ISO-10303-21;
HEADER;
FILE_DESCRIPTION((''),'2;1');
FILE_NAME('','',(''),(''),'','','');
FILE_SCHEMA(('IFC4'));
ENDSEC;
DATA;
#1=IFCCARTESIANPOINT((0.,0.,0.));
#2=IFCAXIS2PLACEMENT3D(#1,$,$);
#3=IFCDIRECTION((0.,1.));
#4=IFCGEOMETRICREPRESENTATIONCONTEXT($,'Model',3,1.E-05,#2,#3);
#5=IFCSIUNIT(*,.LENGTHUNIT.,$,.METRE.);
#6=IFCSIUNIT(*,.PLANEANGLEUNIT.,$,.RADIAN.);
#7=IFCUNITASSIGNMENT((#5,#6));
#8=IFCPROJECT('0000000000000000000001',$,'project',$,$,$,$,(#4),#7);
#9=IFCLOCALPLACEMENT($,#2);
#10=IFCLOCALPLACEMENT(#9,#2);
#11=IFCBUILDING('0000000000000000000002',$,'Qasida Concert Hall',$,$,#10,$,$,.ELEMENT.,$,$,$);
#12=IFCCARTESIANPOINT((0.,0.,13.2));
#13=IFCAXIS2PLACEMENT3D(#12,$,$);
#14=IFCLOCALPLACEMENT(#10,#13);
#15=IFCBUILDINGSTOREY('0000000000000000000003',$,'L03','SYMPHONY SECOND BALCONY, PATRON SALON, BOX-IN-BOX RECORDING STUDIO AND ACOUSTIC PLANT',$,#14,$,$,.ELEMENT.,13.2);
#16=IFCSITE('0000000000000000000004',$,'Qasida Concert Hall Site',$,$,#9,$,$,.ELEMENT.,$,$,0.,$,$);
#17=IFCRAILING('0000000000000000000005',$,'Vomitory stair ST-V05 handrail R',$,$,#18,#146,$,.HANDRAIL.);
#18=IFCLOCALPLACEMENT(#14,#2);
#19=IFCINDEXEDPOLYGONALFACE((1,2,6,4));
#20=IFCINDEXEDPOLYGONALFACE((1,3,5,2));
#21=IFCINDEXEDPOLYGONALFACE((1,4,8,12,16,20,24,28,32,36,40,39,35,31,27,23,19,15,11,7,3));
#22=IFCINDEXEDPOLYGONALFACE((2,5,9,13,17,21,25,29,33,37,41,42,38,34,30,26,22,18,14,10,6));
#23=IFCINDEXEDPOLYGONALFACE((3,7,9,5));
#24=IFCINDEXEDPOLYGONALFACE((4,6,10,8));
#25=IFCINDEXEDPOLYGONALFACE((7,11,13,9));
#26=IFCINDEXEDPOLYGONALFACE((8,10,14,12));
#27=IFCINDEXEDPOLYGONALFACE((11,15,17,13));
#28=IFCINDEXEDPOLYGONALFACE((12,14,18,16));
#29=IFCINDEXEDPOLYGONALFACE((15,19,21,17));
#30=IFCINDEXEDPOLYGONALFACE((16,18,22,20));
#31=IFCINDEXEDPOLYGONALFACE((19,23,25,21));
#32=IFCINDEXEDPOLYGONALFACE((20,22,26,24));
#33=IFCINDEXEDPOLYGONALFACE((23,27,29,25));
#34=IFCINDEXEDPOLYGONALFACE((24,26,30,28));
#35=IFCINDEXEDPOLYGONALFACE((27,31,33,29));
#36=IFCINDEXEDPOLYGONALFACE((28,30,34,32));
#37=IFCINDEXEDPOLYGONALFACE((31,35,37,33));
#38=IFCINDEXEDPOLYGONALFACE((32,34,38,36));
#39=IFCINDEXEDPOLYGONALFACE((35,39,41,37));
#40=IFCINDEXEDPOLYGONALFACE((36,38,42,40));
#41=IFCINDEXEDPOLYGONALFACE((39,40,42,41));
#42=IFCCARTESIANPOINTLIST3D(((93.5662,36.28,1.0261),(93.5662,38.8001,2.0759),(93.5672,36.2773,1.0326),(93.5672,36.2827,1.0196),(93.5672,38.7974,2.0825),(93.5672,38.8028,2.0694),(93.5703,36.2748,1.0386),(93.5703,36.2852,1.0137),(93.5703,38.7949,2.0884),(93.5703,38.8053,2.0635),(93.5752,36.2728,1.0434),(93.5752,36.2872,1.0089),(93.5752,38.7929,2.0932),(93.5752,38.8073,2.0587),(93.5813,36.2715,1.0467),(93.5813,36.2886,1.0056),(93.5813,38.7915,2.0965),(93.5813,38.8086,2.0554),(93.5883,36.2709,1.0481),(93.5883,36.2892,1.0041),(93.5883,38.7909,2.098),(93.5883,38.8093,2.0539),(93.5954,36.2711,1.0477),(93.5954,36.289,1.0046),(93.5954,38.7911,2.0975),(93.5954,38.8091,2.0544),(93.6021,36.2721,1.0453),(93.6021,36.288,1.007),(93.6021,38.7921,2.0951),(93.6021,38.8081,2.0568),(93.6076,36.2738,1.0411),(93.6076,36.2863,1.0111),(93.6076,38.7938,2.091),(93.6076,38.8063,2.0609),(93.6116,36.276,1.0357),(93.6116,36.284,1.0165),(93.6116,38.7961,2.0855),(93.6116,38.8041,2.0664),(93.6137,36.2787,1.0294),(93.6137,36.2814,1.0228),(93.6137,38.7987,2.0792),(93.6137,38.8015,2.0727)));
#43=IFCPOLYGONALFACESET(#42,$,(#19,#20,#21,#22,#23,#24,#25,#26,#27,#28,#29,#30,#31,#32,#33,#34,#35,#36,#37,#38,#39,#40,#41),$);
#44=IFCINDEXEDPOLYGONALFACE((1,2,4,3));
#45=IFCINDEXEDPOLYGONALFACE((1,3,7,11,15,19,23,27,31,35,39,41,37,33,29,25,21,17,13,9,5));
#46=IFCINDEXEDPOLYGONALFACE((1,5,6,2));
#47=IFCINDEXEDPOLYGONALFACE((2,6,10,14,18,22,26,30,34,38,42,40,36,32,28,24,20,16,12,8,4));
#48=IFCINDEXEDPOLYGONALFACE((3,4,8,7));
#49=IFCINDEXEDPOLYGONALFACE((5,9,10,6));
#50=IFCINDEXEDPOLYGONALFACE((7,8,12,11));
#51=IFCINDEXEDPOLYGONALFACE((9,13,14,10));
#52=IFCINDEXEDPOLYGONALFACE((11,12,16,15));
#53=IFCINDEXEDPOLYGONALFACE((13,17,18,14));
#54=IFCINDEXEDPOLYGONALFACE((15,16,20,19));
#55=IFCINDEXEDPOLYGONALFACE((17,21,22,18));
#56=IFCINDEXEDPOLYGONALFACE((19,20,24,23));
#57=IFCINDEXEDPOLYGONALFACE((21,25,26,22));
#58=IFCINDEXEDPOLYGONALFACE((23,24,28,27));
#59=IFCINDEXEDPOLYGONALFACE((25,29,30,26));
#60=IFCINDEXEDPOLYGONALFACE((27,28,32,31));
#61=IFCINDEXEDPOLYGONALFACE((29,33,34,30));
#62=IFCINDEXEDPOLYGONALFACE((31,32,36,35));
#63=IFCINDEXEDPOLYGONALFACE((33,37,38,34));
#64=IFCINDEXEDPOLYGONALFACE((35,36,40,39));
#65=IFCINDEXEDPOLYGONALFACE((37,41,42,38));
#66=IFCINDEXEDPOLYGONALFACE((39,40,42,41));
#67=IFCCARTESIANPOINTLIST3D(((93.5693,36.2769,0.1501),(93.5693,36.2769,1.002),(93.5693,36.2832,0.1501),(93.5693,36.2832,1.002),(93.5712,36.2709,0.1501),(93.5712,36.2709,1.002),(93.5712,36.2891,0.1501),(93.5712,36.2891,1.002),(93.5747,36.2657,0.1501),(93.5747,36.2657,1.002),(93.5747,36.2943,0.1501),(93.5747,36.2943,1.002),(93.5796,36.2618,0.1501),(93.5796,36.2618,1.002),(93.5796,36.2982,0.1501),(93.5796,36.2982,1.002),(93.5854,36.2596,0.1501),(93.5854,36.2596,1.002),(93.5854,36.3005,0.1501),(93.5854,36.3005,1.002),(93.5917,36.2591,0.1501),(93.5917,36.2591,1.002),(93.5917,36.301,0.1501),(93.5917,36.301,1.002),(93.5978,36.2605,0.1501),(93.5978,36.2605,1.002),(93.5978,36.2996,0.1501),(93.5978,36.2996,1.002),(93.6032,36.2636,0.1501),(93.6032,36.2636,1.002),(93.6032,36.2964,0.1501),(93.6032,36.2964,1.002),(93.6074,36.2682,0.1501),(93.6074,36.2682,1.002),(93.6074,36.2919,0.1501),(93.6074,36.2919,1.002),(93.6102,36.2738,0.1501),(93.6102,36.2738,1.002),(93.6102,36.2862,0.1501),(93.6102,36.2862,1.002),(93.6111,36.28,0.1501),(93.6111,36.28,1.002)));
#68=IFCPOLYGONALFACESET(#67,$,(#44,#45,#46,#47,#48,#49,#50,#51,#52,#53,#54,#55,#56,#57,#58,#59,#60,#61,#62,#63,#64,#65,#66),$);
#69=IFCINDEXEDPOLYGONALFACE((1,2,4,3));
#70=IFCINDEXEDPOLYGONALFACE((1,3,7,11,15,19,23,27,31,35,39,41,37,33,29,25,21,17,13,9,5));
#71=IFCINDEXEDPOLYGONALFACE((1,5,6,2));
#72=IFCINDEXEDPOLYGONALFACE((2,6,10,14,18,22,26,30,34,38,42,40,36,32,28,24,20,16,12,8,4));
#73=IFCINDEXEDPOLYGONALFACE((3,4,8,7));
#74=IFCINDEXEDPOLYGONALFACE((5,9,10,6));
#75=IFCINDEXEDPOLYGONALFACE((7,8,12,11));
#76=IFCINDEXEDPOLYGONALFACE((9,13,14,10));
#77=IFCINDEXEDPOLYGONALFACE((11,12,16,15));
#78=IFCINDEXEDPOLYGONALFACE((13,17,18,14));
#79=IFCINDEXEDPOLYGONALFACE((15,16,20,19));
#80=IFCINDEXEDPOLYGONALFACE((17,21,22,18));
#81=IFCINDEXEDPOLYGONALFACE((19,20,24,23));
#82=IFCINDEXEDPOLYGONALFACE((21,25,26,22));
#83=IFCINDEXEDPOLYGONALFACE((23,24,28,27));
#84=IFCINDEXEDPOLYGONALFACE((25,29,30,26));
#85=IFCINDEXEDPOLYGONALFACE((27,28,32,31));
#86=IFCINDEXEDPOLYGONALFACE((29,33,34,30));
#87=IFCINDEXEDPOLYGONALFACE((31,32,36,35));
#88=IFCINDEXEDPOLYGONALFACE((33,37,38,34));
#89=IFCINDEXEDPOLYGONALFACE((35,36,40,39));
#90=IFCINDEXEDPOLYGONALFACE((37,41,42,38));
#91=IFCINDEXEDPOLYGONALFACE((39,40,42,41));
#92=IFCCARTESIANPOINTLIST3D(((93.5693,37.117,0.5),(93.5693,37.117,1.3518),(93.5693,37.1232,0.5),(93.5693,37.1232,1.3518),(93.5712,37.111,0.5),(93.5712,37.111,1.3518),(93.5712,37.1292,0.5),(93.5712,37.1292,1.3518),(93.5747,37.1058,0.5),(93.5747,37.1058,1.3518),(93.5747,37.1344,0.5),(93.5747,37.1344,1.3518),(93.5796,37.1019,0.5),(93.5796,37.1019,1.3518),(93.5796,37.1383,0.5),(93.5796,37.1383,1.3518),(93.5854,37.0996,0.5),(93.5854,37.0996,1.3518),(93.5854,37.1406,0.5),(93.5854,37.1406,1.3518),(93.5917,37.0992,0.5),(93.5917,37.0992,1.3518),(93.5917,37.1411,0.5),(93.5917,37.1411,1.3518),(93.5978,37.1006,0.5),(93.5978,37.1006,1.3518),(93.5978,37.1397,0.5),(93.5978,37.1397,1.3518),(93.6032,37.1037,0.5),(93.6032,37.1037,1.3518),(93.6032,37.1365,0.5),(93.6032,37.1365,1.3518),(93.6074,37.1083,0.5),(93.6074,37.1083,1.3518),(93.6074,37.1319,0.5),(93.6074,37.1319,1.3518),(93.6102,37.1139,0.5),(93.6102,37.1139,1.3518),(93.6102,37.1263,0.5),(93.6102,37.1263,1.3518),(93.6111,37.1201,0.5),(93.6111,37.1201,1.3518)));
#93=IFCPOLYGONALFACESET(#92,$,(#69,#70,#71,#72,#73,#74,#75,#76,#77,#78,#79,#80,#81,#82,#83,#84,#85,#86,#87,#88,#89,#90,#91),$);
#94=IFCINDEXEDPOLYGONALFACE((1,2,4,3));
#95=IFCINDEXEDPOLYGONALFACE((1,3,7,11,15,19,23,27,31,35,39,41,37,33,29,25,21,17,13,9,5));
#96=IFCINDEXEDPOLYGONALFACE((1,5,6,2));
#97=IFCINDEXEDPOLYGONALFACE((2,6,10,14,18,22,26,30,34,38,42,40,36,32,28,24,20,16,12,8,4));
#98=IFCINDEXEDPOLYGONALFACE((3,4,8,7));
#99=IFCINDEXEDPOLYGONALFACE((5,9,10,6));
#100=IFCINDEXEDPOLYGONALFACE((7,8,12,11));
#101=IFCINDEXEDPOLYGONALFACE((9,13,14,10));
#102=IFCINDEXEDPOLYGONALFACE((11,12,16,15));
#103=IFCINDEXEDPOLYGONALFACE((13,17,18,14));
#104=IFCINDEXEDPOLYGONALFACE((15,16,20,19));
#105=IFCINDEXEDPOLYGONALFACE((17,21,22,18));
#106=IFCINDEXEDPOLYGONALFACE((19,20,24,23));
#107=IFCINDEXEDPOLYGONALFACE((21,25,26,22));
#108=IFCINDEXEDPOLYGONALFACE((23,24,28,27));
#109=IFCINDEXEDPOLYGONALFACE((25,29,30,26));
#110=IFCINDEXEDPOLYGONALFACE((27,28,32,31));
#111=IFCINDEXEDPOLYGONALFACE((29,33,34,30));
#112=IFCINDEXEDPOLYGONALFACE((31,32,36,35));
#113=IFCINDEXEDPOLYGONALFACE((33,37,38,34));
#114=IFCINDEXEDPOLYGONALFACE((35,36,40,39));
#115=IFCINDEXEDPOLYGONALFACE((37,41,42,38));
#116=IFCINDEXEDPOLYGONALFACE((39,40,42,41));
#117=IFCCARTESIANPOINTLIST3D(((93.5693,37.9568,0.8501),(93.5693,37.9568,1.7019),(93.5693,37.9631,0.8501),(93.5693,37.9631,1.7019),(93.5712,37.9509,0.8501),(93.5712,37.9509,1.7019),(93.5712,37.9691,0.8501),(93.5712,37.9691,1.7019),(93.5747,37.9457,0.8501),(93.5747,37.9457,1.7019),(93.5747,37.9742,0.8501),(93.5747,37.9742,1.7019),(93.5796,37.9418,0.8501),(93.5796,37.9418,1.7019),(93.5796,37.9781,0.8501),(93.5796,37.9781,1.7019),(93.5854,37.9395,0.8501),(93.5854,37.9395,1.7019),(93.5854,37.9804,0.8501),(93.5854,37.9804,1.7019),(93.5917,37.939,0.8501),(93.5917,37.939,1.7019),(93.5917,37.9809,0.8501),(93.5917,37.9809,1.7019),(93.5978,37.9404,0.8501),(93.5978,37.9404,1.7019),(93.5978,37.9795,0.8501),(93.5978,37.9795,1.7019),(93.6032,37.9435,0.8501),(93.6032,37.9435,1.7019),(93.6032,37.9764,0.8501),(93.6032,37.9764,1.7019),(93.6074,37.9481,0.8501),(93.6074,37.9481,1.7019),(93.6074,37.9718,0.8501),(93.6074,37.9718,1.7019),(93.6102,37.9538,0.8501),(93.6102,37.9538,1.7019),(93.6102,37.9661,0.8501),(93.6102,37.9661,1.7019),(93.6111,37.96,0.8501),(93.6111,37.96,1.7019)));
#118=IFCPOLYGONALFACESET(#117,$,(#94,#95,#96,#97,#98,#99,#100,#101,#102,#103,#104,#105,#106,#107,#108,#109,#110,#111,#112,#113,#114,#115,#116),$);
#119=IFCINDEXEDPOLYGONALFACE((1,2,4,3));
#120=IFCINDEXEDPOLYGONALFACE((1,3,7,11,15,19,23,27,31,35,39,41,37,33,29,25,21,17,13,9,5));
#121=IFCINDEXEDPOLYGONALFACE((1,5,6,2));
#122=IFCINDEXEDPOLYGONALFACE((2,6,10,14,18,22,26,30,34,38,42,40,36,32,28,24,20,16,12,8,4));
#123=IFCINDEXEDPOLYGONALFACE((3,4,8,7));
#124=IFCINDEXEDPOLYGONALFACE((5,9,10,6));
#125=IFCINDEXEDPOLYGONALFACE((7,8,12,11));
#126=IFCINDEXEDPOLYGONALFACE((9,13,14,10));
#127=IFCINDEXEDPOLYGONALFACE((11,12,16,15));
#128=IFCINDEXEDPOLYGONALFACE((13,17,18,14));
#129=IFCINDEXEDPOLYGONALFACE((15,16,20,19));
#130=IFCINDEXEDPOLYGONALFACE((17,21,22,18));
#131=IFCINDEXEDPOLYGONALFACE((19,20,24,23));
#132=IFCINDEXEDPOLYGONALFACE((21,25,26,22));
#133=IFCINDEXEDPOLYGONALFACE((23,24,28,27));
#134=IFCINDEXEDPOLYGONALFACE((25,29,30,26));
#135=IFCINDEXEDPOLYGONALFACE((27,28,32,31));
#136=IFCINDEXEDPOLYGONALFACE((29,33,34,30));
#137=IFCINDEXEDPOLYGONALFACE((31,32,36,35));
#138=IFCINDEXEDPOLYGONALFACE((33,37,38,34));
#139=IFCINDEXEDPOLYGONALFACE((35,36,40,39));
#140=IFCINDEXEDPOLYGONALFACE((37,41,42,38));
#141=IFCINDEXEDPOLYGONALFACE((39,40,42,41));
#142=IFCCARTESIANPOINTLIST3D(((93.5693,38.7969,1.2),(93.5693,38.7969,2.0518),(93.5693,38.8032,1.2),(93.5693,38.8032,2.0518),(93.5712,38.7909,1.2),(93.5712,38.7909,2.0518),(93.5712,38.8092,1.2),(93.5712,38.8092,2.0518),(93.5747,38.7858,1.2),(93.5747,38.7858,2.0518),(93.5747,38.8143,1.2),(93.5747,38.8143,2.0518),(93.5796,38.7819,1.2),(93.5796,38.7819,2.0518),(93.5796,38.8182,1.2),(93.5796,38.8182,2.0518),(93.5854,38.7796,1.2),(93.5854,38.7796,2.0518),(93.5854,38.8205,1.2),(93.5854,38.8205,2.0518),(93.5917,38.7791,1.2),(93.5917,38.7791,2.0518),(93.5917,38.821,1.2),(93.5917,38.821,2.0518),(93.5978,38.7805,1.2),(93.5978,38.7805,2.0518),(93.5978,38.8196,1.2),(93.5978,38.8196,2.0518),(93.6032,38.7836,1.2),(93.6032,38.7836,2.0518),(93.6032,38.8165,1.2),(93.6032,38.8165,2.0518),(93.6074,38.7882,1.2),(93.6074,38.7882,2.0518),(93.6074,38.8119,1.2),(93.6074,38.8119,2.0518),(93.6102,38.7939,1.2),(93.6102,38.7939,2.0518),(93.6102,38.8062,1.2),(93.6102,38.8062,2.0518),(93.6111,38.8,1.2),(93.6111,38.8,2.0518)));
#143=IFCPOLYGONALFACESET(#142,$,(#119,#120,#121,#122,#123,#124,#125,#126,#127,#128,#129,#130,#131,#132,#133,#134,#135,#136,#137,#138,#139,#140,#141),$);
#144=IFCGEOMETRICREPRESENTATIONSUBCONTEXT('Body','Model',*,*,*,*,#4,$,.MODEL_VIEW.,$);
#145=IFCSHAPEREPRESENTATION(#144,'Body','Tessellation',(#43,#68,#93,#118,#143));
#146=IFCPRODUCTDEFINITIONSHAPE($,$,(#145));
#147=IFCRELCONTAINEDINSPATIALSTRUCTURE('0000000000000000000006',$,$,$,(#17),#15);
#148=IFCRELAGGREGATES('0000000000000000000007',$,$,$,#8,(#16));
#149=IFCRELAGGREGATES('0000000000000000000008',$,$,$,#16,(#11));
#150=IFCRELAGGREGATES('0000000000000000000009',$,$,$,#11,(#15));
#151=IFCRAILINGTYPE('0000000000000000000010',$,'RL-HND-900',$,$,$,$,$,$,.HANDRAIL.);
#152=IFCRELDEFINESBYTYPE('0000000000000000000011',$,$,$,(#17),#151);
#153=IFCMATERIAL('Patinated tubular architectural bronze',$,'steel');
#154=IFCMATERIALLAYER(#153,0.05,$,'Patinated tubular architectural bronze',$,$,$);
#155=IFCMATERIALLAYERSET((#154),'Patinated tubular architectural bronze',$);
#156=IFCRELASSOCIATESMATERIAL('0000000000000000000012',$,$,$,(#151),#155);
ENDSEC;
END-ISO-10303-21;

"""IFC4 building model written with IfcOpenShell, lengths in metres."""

from ifc_helpers import new_model, si_unit, direction, frame, origin, origin_2d, place, context, subcontext, project, spatial, circle, extrude, material, layer, layer_set, type_object, element, save


model = new_model("IFC4")

# Units and contexts
model_context = context("Model", 3, precision=1e-05, world=origin(), true_north=direction((0.0, 1.0)))
body_context = subcontext(model_context, "Body", "Model", "MODEL_VIEW")
ifc_project = project(units=[si_unit("LENGTHUNIT", "METRE"), si_unit("PLANEANGLEUNIT", "RADIAN")], contexts=[model_context])

# Site, building, storey
site_placement = place(None, origin())
site = spatial("IfcSite", under=ifc_project, at=site_placement, Name="Qasida Concert Hall Site", CompositionType="ELEMENT", RefElevation=0.0)
building_placement = place(site_placement, origin())
building = spatial("IfcBuilding", under=site, at=building_placement, Name="Qasida Concert Hall", CompositionType="ELEMENT")
storey_placement = place(building_placement, frame((0.0, 0.0, 13.2)))
storey = spatial("IfcBuildingStorey", under=building, at=storey_placement, Name="L03", Description="SYMPHONY SECOND BALCONY, PATRON SALON, BOX-IN-BOX RECORDING STUDIO AND ACOUSTIC PLANT", CompositionType="ELEMENT", Elevation=13.2)

# Railing
ifc_material_1 = material(Name="Patinated tubular architectural bronze", Category="steel")
ifc_layer_1 = layer(ifc_material_1, 0.05, Name="Patinated tubular architectural bronze")
ifc_layer_set_1 = layer_set([ifc_layer_1], Name="Patinated tubular architectural bronze")
railing_type_1 = type_object("IfcRailingType", Name="RL-HND-900", PredefinedType="HANDRAIL", material=ifc_layer_set_1)
for number, where, name in (
    (1, (93.5901, 36.28, 0.1501), "Vomitory stair ST-V05 handrail R"),
):
    element("IfcRailing", number, at=place(storey_placement, frame(where)), inside=storey, type_object=railing_type_1, Name=name, PredefinedType="HANDRAIL", context=body_context, shape_type="SweptSolid", body=[
        extrude(circle(Radius=0.0239, at=origin_2d()), frame((0.0, 0.0, 0.876), z_axis=(0.0, 0.923103, 0.384552), x_axis=(-1.0, 0.0, 0.0)), (0.0, 0.0, 1.0), 2.73),
        extrude(circle(Radius=0.021, at=origin_2d()), origin(), (0.0, 0.0, 1.0), 0.8518),
        extrude(circle(Radius=0.021, at=origin_2d()), frame((0.0, 0.8401, 0.3499)), (0.0, 0.0, 1.0), 0.8518),
        extrude(circle(Radius=0.021, at=origin_2d()), frame((0.0, 1.6799, 0.7)), (0.0, 0.0, 1.0), 0.8518),
        extrude(circle(Radius=0.021, at=origin_2d()), frame((0.0, 2.52, 1.0498)), (0.0, 0.0, 1.0), 0.8518),
    ])

save(model, "model.ifc")
